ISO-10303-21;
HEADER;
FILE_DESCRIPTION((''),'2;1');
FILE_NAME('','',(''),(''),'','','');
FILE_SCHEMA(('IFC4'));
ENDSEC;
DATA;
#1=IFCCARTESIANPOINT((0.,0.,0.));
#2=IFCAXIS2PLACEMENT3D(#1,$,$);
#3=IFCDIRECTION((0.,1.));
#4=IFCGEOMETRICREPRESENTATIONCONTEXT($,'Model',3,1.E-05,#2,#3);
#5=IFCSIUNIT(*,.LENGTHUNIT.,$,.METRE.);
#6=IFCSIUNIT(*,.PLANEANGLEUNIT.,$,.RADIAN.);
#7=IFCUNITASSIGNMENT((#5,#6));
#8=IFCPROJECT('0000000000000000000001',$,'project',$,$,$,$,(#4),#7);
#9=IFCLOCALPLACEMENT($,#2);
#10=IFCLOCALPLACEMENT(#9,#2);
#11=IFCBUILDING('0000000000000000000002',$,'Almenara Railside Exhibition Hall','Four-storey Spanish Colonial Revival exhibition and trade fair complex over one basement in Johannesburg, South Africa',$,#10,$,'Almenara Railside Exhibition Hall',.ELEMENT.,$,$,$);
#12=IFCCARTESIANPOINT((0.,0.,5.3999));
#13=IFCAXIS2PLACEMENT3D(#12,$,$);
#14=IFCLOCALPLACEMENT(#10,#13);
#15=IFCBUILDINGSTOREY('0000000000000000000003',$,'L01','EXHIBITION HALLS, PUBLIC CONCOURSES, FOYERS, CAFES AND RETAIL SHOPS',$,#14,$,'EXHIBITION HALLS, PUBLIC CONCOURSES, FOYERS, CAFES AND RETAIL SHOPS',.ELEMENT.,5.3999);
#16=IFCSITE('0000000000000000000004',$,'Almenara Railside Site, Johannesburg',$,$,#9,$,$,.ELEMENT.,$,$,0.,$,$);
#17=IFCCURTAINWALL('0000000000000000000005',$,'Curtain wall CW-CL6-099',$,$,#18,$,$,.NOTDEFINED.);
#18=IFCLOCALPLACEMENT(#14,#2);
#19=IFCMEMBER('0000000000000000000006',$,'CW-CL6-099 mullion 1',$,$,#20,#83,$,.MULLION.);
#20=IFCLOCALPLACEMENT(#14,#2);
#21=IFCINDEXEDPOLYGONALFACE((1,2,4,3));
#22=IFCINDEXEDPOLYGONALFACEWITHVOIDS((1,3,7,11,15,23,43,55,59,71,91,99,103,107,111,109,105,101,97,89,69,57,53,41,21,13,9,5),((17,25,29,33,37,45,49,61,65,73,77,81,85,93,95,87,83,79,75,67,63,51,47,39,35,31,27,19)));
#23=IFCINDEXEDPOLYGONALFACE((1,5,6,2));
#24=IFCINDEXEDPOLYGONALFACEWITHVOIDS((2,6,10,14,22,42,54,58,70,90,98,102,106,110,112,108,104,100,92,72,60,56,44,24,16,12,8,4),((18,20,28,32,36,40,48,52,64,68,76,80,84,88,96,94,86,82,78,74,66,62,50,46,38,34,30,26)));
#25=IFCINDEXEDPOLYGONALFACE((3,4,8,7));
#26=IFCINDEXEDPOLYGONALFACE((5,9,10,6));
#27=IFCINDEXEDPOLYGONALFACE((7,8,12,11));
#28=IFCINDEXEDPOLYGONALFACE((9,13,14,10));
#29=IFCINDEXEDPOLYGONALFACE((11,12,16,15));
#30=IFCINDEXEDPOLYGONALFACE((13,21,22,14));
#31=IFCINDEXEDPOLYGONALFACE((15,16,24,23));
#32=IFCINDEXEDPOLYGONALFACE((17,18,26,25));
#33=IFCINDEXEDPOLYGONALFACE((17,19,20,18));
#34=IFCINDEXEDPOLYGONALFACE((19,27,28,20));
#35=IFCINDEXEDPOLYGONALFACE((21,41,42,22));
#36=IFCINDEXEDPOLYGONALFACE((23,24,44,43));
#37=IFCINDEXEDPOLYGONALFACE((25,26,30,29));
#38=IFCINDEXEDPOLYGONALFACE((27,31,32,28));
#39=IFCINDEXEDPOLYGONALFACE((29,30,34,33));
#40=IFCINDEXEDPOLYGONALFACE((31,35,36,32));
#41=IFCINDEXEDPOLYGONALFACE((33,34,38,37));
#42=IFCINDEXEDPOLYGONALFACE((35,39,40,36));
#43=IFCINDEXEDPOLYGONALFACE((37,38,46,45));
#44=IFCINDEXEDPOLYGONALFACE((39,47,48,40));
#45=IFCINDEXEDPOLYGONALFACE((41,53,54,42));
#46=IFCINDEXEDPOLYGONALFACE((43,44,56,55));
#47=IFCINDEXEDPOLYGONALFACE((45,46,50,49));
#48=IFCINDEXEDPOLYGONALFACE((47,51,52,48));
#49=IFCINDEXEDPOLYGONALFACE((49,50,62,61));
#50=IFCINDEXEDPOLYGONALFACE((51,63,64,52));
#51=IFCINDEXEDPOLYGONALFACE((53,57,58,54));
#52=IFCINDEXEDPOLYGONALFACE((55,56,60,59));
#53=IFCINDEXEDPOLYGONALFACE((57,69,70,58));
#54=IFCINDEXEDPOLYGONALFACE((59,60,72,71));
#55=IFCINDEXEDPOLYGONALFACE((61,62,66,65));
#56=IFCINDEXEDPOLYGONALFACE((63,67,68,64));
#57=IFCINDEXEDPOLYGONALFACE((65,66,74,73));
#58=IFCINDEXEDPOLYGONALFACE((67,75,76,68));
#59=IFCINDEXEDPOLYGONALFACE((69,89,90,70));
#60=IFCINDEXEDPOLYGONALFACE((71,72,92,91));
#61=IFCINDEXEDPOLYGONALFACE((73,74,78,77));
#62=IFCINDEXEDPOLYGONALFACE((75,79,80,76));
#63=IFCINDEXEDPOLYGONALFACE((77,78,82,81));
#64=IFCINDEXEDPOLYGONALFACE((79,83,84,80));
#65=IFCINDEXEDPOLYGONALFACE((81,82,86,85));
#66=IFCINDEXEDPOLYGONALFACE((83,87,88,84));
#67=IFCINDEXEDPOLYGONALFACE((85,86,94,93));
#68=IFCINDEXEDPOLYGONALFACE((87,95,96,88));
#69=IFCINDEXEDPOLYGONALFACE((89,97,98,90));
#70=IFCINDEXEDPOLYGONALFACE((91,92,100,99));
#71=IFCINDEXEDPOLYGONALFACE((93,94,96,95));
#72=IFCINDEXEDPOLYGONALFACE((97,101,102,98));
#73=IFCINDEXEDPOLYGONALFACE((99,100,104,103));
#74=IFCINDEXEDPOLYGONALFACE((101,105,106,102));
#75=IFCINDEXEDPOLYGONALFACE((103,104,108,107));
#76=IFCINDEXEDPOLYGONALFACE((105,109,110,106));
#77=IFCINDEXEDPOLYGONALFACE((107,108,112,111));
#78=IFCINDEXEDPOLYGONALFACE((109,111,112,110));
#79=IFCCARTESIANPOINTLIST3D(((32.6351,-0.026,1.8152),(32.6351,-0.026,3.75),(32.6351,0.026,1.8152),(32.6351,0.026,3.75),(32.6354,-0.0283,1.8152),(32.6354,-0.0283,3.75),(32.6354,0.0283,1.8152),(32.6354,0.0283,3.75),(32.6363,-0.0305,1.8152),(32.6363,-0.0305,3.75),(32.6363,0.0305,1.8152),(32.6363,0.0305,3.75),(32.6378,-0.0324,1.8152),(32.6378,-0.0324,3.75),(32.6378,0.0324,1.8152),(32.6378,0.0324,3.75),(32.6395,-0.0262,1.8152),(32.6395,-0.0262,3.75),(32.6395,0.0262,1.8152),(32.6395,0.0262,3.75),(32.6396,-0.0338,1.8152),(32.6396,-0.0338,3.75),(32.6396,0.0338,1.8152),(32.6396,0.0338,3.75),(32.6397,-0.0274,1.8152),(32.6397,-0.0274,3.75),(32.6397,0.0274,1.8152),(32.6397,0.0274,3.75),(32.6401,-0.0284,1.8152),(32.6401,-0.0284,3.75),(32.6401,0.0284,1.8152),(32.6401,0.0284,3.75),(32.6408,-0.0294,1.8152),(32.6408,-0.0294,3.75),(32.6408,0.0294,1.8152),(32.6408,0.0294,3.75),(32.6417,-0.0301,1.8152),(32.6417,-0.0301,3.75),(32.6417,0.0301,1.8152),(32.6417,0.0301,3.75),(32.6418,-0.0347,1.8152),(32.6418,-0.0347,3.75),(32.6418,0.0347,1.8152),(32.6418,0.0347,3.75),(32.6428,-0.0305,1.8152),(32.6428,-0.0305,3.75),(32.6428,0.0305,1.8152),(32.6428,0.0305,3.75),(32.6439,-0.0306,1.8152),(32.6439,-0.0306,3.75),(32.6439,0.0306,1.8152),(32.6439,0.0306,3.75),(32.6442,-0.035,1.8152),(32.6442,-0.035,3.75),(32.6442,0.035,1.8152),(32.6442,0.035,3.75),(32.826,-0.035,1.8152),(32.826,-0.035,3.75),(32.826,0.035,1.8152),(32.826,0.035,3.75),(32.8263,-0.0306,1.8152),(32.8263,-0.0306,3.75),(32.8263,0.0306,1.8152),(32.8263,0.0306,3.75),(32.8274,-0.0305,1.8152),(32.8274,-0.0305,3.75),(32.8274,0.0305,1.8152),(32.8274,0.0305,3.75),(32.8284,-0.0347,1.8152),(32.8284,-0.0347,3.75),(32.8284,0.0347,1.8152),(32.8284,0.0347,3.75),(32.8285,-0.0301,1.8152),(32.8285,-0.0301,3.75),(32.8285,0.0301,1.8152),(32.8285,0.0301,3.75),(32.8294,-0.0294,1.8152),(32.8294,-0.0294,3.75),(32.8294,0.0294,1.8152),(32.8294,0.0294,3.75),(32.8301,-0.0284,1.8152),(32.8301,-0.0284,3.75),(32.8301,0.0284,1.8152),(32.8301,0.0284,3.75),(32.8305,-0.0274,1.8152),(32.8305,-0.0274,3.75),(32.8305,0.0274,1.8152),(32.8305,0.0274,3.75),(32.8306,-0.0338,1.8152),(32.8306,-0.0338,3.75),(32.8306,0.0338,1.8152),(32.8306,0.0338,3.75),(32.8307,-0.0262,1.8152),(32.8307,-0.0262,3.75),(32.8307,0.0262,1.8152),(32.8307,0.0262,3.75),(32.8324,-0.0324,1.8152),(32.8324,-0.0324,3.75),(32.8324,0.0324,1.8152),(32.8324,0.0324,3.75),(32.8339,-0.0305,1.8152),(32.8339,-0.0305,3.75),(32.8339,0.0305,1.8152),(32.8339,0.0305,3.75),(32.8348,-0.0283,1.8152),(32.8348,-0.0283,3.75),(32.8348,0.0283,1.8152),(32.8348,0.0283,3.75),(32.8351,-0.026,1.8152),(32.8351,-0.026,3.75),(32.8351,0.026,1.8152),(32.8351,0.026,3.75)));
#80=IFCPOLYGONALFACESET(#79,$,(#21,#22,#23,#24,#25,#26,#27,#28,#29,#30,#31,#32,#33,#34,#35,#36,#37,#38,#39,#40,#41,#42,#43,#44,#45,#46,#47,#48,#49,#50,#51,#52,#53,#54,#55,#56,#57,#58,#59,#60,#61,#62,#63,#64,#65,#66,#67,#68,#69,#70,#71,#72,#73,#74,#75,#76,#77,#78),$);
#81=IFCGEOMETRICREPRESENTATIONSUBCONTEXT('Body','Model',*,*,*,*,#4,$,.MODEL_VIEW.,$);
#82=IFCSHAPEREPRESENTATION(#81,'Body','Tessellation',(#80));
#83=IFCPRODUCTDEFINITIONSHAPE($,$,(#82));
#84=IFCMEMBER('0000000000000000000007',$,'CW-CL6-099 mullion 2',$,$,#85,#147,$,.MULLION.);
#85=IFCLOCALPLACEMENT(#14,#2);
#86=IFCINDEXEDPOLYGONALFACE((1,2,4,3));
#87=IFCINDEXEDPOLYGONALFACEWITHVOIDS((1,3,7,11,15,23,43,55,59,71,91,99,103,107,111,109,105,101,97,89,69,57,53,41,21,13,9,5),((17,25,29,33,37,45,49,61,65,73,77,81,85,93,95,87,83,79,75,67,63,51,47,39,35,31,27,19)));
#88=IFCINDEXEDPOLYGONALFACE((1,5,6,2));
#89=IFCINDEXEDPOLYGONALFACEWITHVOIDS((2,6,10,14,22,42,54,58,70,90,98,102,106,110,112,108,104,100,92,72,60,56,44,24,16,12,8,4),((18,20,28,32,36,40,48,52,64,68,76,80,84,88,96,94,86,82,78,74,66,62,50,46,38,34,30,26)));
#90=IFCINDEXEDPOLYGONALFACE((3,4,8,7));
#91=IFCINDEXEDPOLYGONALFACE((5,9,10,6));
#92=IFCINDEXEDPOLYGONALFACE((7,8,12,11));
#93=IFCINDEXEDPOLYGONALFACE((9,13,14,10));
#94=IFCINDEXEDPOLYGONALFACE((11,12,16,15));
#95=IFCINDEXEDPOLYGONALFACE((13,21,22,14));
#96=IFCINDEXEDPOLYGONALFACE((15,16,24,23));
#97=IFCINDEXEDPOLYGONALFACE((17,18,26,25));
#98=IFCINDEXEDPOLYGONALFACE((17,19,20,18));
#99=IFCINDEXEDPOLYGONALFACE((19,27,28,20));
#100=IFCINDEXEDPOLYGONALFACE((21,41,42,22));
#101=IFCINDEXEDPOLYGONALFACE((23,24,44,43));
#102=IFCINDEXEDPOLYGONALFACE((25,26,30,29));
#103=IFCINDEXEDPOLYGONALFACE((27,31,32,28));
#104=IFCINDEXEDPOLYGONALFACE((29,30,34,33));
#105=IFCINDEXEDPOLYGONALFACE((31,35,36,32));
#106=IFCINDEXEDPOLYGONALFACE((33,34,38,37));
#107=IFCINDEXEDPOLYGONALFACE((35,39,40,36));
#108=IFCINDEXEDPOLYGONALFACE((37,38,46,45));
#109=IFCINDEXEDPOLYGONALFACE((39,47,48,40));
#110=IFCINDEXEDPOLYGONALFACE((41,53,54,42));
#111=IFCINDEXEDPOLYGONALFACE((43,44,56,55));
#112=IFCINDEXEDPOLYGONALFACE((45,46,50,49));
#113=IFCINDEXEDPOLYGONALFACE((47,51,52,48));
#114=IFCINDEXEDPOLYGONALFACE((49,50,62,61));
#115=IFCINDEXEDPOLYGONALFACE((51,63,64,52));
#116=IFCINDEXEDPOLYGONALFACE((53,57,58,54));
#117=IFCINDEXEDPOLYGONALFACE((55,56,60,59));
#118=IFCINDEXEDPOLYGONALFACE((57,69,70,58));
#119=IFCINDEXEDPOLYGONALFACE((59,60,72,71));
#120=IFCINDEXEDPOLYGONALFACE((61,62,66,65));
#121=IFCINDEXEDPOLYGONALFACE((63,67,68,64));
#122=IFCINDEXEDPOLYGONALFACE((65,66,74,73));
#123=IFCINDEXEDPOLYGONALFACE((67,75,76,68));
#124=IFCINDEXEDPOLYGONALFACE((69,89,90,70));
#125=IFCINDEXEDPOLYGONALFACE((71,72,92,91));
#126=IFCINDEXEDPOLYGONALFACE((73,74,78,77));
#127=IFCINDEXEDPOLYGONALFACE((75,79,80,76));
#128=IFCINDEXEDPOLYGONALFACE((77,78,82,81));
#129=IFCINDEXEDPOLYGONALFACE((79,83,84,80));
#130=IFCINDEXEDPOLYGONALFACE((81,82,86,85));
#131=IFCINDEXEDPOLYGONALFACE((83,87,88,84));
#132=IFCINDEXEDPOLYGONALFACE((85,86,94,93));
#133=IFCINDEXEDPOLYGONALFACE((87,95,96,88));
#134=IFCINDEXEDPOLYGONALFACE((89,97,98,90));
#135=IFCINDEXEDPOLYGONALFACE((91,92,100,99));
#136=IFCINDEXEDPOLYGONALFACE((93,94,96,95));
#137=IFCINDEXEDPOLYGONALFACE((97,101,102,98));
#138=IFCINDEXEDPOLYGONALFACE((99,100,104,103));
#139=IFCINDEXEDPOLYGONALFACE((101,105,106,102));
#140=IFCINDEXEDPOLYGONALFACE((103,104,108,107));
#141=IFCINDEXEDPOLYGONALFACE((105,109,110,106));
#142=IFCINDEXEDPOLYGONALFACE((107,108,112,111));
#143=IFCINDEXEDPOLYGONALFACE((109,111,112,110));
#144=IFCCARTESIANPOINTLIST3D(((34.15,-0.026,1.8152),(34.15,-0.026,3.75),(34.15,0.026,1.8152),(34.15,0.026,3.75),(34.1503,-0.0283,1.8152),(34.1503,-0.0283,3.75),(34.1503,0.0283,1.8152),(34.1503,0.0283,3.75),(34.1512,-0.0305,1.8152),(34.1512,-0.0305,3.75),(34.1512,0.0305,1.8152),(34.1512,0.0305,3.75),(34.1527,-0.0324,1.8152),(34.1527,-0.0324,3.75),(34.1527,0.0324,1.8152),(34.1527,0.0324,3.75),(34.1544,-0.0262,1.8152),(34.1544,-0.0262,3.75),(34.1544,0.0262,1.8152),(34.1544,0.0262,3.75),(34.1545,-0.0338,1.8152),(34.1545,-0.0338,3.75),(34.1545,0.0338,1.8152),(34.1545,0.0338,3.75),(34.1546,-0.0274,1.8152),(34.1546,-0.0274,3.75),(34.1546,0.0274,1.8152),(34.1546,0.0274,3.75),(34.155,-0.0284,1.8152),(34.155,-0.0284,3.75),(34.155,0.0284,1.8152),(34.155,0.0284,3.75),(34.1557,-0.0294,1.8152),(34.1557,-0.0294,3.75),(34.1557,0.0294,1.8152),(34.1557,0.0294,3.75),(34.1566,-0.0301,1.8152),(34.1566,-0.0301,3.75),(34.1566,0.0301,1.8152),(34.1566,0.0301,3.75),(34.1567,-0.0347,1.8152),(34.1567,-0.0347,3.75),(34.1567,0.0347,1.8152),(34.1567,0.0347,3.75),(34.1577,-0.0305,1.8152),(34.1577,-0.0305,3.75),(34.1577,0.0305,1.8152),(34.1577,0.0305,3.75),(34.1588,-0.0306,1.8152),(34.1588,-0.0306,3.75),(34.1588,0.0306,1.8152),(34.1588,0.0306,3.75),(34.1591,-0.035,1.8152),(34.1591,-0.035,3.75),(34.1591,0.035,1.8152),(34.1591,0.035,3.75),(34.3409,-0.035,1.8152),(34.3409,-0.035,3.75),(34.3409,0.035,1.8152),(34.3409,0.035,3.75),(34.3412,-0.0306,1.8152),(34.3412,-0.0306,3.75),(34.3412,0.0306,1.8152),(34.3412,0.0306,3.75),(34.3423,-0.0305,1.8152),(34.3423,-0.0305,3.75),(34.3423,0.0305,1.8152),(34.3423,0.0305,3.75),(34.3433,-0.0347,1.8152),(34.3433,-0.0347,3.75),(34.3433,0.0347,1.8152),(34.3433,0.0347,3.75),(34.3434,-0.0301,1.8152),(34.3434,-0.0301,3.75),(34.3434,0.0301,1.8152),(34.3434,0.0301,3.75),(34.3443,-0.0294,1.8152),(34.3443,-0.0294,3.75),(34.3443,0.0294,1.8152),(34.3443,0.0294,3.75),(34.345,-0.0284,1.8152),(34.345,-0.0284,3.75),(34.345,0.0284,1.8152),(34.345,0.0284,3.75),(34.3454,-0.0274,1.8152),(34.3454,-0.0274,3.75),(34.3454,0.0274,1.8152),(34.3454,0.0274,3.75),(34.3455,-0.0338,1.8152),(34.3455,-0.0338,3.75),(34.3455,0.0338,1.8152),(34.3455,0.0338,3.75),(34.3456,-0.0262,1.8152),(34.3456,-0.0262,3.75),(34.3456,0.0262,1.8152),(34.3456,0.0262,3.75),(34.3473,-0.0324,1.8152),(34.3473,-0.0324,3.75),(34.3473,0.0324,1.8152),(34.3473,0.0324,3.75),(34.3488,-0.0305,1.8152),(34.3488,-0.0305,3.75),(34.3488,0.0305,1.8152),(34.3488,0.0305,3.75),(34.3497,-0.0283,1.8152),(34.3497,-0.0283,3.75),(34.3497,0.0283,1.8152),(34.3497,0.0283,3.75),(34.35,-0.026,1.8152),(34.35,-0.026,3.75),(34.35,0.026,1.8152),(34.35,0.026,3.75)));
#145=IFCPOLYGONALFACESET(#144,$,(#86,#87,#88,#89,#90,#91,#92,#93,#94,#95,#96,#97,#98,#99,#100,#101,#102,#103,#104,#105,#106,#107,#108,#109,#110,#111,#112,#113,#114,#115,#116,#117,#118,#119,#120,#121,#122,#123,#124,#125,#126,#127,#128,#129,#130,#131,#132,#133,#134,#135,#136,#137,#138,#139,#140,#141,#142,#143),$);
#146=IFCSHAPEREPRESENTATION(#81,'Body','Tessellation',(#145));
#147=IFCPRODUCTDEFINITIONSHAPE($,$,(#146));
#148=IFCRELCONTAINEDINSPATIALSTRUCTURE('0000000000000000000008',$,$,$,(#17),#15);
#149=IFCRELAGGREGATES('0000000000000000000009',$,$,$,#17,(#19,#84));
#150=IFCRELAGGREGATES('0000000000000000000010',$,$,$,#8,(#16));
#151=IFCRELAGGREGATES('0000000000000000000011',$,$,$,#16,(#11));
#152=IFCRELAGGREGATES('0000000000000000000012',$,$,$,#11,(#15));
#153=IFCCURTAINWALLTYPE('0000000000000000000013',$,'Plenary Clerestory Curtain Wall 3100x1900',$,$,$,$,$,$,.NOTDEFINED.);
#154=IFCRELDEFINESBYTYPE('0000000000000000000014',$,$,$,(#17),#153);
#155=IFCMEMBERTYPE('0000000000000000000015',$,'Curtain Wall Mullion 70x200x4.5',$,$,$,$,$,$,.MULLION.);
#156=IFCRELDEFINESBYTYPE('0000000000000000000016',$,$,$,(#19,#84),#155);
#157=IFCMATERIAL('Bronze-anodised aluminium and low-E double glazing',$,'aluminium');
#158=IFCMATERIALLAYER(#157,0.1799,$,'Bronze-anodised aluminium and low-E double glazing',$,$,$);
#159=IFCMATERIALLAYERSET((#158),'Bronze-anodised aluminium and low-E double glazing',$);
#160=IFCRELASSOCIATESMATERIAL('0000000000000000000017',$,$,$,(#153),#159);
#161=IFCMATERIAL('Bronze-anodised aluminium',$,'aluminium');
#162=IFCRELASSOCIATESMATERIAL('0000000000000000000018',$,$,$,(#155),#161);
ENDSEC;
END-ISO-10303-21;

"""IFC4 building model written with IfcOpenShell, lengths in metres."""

from ifc_helpers import new_model, si_unit, direction, frame, origin, origin_2d, place, context, subcontext, project, spatial, hollow_rectangle, extrude, material, layer, layer_set, material_profile, profile_set, type_object, element, aggregate, save


model = new_model("IFC4")

# Units and contexts
model_context = context("Model", 3, precision=1e-05, world=origin(), true_north=direction((0.0, 1.0)))
body_context = subcontext(model_context, "Body", "Model", "MODEL_VIEW")
ifc_project = project(units=[si_unit("LENGTHUNIT", "METRE"), si_unit("PLANEANGLEUNIT", "RADIAN")], contexts=[model_context])

# Site, building, storey
site_placement = place(None, origin())
site = spatial("IfcSite", under=ifc_project, at=site_placement, Name="Almenara Railside Site, Johannesburg", CompositionType="ELEMENT", RefElevation=0.0)
building_placement = place(site_placement, origin())
building = spatial("IfcBuilding", under=site, at=building_placement, Name="Almenara Railside Exhibition Hall", Description="Four-storey Spanish Colonial Revival exhibition and trade fair complex over one basement in Johannesburg, South Africa", LongName="Almenara Railside Exhibition Hall", CompositionType="ELEMENT")
storey_placement = place(building_placement, frame((0.0, 0.0, 5.3999)))
storey = spatial("IfcBuildingStorey", under=building, at=storey_placement, Name="L01", Description="EXHIBITION HALLS, PUBLIC CONCOURSES, FOYERS, CAFES AND RETAIL SHOPS", LongName="EXHIBITION HALLS, PUBLIC CONCOURSES, FOYERS, CAFES AND RETAIL SHOPS", CompositionType="ELEMENT", Elevation=5.3999)

# Curtain wall, members
ifc_material_1 = material(Name="Bronze-anodised aluminium and low-E double glazing", Category="aluminium")
ifc_material_2 = material(Name="Bronze-anodised aluminium", Category="aluminium")
ifc_layer_1 = layer(ifc_material_1, 0.1799, Name="Bronze-anodised aluminium and low-E double glazing")
ifc_layer_set_1 = layer_set([ifc_layer_1], Name="Bronze-anodised aluminium and low-E double glazing")
curtain_wall_type_1 = type_object("IfcCurtainWallType", Name="Plenary Clerestory Curtain Wall 3100x1900", PredefinedType="NOTDEFINED", material=ifc_layer_set_1)
curtain_wall_1_placement = place(storey_placement, origin())
curtain_wall_1 = element("IfcCurtainWall", 1, at=curtain_wall_1_placement, inside=storey, type_object=curtain_wall_type_1, Name="Curtain wall CW-CL6-099", PredefinedType="NOTDEFINED")
ifc_material_profile_1 = material_profile(ifc_material_2, hollow_rectangle(XDim=0.0701, YDim=0.2, WallThickness=0.0044, InnerFilletRadius=0.0044, OuterFilletRadius=0.009, at=origin_2d()), Name="ALU-MUL 70x200x4.5")
ifc_profile_set_1 = profile_set([ifc_material_profile_1], Name="Bronze-anodised aluminium")
member_type_1 = type_object("IfcMemberType", Name="Curtain Wall Mullion 70x200x4.5", PredefinedType="MULLION", material=ifc_profile_set_1)
member_1_placement = place(storey_placement, frame((32.7351, 0.0, 1.8152), z_axis=(0.0, 0.0, 1.0), x_axis=(0.0, 1.0, 0.0)))
member_1 = element("IfcMember", 2, at=member_1_placement, type_object=member_type_1, Name="CW-CL6-099 mullion 1", PredefinedType="MULLION", context=body_context, shape_type="SweptSolid", body=[
    extrude(hollow_rectangle(XDim=0.0701, YDim=0.2, WallThickness=0.0044, InnerFilletRadius=0.0044, OuterFilletRadius=0.009, at=origin_2d()), origin(), (0.0, 0.0, 1.0), 1.9348),
])
member_2_placement = place(storey_placement, frame((34.25, 0.0, 1.8152), z_axis=(0.0, 0.0, 1.0), x_axis=(0.0, 1.0, 0.0)))
member_2 = element("IfcMember", 3, at=member_2_placement, type_object=member_type_1, Name="CW-CL6-099 mullion 2", PredefinedType="MULLION", context=body_context, shape_type="SweptSolid", body=[
    extrude(hollow_rectangle(XDim=0.0701, YDim=0.2, WallThickness=0.0044, InnerFilletRadius=0.0044, OuterFilletRadius=0.009, at=origin_2d()), origin(), (0.0, 0.0, 1.0), 1.9348),
])

aggregate(curtain_wall_1, [member_1, member_2])

save(model, "model.ifc")
